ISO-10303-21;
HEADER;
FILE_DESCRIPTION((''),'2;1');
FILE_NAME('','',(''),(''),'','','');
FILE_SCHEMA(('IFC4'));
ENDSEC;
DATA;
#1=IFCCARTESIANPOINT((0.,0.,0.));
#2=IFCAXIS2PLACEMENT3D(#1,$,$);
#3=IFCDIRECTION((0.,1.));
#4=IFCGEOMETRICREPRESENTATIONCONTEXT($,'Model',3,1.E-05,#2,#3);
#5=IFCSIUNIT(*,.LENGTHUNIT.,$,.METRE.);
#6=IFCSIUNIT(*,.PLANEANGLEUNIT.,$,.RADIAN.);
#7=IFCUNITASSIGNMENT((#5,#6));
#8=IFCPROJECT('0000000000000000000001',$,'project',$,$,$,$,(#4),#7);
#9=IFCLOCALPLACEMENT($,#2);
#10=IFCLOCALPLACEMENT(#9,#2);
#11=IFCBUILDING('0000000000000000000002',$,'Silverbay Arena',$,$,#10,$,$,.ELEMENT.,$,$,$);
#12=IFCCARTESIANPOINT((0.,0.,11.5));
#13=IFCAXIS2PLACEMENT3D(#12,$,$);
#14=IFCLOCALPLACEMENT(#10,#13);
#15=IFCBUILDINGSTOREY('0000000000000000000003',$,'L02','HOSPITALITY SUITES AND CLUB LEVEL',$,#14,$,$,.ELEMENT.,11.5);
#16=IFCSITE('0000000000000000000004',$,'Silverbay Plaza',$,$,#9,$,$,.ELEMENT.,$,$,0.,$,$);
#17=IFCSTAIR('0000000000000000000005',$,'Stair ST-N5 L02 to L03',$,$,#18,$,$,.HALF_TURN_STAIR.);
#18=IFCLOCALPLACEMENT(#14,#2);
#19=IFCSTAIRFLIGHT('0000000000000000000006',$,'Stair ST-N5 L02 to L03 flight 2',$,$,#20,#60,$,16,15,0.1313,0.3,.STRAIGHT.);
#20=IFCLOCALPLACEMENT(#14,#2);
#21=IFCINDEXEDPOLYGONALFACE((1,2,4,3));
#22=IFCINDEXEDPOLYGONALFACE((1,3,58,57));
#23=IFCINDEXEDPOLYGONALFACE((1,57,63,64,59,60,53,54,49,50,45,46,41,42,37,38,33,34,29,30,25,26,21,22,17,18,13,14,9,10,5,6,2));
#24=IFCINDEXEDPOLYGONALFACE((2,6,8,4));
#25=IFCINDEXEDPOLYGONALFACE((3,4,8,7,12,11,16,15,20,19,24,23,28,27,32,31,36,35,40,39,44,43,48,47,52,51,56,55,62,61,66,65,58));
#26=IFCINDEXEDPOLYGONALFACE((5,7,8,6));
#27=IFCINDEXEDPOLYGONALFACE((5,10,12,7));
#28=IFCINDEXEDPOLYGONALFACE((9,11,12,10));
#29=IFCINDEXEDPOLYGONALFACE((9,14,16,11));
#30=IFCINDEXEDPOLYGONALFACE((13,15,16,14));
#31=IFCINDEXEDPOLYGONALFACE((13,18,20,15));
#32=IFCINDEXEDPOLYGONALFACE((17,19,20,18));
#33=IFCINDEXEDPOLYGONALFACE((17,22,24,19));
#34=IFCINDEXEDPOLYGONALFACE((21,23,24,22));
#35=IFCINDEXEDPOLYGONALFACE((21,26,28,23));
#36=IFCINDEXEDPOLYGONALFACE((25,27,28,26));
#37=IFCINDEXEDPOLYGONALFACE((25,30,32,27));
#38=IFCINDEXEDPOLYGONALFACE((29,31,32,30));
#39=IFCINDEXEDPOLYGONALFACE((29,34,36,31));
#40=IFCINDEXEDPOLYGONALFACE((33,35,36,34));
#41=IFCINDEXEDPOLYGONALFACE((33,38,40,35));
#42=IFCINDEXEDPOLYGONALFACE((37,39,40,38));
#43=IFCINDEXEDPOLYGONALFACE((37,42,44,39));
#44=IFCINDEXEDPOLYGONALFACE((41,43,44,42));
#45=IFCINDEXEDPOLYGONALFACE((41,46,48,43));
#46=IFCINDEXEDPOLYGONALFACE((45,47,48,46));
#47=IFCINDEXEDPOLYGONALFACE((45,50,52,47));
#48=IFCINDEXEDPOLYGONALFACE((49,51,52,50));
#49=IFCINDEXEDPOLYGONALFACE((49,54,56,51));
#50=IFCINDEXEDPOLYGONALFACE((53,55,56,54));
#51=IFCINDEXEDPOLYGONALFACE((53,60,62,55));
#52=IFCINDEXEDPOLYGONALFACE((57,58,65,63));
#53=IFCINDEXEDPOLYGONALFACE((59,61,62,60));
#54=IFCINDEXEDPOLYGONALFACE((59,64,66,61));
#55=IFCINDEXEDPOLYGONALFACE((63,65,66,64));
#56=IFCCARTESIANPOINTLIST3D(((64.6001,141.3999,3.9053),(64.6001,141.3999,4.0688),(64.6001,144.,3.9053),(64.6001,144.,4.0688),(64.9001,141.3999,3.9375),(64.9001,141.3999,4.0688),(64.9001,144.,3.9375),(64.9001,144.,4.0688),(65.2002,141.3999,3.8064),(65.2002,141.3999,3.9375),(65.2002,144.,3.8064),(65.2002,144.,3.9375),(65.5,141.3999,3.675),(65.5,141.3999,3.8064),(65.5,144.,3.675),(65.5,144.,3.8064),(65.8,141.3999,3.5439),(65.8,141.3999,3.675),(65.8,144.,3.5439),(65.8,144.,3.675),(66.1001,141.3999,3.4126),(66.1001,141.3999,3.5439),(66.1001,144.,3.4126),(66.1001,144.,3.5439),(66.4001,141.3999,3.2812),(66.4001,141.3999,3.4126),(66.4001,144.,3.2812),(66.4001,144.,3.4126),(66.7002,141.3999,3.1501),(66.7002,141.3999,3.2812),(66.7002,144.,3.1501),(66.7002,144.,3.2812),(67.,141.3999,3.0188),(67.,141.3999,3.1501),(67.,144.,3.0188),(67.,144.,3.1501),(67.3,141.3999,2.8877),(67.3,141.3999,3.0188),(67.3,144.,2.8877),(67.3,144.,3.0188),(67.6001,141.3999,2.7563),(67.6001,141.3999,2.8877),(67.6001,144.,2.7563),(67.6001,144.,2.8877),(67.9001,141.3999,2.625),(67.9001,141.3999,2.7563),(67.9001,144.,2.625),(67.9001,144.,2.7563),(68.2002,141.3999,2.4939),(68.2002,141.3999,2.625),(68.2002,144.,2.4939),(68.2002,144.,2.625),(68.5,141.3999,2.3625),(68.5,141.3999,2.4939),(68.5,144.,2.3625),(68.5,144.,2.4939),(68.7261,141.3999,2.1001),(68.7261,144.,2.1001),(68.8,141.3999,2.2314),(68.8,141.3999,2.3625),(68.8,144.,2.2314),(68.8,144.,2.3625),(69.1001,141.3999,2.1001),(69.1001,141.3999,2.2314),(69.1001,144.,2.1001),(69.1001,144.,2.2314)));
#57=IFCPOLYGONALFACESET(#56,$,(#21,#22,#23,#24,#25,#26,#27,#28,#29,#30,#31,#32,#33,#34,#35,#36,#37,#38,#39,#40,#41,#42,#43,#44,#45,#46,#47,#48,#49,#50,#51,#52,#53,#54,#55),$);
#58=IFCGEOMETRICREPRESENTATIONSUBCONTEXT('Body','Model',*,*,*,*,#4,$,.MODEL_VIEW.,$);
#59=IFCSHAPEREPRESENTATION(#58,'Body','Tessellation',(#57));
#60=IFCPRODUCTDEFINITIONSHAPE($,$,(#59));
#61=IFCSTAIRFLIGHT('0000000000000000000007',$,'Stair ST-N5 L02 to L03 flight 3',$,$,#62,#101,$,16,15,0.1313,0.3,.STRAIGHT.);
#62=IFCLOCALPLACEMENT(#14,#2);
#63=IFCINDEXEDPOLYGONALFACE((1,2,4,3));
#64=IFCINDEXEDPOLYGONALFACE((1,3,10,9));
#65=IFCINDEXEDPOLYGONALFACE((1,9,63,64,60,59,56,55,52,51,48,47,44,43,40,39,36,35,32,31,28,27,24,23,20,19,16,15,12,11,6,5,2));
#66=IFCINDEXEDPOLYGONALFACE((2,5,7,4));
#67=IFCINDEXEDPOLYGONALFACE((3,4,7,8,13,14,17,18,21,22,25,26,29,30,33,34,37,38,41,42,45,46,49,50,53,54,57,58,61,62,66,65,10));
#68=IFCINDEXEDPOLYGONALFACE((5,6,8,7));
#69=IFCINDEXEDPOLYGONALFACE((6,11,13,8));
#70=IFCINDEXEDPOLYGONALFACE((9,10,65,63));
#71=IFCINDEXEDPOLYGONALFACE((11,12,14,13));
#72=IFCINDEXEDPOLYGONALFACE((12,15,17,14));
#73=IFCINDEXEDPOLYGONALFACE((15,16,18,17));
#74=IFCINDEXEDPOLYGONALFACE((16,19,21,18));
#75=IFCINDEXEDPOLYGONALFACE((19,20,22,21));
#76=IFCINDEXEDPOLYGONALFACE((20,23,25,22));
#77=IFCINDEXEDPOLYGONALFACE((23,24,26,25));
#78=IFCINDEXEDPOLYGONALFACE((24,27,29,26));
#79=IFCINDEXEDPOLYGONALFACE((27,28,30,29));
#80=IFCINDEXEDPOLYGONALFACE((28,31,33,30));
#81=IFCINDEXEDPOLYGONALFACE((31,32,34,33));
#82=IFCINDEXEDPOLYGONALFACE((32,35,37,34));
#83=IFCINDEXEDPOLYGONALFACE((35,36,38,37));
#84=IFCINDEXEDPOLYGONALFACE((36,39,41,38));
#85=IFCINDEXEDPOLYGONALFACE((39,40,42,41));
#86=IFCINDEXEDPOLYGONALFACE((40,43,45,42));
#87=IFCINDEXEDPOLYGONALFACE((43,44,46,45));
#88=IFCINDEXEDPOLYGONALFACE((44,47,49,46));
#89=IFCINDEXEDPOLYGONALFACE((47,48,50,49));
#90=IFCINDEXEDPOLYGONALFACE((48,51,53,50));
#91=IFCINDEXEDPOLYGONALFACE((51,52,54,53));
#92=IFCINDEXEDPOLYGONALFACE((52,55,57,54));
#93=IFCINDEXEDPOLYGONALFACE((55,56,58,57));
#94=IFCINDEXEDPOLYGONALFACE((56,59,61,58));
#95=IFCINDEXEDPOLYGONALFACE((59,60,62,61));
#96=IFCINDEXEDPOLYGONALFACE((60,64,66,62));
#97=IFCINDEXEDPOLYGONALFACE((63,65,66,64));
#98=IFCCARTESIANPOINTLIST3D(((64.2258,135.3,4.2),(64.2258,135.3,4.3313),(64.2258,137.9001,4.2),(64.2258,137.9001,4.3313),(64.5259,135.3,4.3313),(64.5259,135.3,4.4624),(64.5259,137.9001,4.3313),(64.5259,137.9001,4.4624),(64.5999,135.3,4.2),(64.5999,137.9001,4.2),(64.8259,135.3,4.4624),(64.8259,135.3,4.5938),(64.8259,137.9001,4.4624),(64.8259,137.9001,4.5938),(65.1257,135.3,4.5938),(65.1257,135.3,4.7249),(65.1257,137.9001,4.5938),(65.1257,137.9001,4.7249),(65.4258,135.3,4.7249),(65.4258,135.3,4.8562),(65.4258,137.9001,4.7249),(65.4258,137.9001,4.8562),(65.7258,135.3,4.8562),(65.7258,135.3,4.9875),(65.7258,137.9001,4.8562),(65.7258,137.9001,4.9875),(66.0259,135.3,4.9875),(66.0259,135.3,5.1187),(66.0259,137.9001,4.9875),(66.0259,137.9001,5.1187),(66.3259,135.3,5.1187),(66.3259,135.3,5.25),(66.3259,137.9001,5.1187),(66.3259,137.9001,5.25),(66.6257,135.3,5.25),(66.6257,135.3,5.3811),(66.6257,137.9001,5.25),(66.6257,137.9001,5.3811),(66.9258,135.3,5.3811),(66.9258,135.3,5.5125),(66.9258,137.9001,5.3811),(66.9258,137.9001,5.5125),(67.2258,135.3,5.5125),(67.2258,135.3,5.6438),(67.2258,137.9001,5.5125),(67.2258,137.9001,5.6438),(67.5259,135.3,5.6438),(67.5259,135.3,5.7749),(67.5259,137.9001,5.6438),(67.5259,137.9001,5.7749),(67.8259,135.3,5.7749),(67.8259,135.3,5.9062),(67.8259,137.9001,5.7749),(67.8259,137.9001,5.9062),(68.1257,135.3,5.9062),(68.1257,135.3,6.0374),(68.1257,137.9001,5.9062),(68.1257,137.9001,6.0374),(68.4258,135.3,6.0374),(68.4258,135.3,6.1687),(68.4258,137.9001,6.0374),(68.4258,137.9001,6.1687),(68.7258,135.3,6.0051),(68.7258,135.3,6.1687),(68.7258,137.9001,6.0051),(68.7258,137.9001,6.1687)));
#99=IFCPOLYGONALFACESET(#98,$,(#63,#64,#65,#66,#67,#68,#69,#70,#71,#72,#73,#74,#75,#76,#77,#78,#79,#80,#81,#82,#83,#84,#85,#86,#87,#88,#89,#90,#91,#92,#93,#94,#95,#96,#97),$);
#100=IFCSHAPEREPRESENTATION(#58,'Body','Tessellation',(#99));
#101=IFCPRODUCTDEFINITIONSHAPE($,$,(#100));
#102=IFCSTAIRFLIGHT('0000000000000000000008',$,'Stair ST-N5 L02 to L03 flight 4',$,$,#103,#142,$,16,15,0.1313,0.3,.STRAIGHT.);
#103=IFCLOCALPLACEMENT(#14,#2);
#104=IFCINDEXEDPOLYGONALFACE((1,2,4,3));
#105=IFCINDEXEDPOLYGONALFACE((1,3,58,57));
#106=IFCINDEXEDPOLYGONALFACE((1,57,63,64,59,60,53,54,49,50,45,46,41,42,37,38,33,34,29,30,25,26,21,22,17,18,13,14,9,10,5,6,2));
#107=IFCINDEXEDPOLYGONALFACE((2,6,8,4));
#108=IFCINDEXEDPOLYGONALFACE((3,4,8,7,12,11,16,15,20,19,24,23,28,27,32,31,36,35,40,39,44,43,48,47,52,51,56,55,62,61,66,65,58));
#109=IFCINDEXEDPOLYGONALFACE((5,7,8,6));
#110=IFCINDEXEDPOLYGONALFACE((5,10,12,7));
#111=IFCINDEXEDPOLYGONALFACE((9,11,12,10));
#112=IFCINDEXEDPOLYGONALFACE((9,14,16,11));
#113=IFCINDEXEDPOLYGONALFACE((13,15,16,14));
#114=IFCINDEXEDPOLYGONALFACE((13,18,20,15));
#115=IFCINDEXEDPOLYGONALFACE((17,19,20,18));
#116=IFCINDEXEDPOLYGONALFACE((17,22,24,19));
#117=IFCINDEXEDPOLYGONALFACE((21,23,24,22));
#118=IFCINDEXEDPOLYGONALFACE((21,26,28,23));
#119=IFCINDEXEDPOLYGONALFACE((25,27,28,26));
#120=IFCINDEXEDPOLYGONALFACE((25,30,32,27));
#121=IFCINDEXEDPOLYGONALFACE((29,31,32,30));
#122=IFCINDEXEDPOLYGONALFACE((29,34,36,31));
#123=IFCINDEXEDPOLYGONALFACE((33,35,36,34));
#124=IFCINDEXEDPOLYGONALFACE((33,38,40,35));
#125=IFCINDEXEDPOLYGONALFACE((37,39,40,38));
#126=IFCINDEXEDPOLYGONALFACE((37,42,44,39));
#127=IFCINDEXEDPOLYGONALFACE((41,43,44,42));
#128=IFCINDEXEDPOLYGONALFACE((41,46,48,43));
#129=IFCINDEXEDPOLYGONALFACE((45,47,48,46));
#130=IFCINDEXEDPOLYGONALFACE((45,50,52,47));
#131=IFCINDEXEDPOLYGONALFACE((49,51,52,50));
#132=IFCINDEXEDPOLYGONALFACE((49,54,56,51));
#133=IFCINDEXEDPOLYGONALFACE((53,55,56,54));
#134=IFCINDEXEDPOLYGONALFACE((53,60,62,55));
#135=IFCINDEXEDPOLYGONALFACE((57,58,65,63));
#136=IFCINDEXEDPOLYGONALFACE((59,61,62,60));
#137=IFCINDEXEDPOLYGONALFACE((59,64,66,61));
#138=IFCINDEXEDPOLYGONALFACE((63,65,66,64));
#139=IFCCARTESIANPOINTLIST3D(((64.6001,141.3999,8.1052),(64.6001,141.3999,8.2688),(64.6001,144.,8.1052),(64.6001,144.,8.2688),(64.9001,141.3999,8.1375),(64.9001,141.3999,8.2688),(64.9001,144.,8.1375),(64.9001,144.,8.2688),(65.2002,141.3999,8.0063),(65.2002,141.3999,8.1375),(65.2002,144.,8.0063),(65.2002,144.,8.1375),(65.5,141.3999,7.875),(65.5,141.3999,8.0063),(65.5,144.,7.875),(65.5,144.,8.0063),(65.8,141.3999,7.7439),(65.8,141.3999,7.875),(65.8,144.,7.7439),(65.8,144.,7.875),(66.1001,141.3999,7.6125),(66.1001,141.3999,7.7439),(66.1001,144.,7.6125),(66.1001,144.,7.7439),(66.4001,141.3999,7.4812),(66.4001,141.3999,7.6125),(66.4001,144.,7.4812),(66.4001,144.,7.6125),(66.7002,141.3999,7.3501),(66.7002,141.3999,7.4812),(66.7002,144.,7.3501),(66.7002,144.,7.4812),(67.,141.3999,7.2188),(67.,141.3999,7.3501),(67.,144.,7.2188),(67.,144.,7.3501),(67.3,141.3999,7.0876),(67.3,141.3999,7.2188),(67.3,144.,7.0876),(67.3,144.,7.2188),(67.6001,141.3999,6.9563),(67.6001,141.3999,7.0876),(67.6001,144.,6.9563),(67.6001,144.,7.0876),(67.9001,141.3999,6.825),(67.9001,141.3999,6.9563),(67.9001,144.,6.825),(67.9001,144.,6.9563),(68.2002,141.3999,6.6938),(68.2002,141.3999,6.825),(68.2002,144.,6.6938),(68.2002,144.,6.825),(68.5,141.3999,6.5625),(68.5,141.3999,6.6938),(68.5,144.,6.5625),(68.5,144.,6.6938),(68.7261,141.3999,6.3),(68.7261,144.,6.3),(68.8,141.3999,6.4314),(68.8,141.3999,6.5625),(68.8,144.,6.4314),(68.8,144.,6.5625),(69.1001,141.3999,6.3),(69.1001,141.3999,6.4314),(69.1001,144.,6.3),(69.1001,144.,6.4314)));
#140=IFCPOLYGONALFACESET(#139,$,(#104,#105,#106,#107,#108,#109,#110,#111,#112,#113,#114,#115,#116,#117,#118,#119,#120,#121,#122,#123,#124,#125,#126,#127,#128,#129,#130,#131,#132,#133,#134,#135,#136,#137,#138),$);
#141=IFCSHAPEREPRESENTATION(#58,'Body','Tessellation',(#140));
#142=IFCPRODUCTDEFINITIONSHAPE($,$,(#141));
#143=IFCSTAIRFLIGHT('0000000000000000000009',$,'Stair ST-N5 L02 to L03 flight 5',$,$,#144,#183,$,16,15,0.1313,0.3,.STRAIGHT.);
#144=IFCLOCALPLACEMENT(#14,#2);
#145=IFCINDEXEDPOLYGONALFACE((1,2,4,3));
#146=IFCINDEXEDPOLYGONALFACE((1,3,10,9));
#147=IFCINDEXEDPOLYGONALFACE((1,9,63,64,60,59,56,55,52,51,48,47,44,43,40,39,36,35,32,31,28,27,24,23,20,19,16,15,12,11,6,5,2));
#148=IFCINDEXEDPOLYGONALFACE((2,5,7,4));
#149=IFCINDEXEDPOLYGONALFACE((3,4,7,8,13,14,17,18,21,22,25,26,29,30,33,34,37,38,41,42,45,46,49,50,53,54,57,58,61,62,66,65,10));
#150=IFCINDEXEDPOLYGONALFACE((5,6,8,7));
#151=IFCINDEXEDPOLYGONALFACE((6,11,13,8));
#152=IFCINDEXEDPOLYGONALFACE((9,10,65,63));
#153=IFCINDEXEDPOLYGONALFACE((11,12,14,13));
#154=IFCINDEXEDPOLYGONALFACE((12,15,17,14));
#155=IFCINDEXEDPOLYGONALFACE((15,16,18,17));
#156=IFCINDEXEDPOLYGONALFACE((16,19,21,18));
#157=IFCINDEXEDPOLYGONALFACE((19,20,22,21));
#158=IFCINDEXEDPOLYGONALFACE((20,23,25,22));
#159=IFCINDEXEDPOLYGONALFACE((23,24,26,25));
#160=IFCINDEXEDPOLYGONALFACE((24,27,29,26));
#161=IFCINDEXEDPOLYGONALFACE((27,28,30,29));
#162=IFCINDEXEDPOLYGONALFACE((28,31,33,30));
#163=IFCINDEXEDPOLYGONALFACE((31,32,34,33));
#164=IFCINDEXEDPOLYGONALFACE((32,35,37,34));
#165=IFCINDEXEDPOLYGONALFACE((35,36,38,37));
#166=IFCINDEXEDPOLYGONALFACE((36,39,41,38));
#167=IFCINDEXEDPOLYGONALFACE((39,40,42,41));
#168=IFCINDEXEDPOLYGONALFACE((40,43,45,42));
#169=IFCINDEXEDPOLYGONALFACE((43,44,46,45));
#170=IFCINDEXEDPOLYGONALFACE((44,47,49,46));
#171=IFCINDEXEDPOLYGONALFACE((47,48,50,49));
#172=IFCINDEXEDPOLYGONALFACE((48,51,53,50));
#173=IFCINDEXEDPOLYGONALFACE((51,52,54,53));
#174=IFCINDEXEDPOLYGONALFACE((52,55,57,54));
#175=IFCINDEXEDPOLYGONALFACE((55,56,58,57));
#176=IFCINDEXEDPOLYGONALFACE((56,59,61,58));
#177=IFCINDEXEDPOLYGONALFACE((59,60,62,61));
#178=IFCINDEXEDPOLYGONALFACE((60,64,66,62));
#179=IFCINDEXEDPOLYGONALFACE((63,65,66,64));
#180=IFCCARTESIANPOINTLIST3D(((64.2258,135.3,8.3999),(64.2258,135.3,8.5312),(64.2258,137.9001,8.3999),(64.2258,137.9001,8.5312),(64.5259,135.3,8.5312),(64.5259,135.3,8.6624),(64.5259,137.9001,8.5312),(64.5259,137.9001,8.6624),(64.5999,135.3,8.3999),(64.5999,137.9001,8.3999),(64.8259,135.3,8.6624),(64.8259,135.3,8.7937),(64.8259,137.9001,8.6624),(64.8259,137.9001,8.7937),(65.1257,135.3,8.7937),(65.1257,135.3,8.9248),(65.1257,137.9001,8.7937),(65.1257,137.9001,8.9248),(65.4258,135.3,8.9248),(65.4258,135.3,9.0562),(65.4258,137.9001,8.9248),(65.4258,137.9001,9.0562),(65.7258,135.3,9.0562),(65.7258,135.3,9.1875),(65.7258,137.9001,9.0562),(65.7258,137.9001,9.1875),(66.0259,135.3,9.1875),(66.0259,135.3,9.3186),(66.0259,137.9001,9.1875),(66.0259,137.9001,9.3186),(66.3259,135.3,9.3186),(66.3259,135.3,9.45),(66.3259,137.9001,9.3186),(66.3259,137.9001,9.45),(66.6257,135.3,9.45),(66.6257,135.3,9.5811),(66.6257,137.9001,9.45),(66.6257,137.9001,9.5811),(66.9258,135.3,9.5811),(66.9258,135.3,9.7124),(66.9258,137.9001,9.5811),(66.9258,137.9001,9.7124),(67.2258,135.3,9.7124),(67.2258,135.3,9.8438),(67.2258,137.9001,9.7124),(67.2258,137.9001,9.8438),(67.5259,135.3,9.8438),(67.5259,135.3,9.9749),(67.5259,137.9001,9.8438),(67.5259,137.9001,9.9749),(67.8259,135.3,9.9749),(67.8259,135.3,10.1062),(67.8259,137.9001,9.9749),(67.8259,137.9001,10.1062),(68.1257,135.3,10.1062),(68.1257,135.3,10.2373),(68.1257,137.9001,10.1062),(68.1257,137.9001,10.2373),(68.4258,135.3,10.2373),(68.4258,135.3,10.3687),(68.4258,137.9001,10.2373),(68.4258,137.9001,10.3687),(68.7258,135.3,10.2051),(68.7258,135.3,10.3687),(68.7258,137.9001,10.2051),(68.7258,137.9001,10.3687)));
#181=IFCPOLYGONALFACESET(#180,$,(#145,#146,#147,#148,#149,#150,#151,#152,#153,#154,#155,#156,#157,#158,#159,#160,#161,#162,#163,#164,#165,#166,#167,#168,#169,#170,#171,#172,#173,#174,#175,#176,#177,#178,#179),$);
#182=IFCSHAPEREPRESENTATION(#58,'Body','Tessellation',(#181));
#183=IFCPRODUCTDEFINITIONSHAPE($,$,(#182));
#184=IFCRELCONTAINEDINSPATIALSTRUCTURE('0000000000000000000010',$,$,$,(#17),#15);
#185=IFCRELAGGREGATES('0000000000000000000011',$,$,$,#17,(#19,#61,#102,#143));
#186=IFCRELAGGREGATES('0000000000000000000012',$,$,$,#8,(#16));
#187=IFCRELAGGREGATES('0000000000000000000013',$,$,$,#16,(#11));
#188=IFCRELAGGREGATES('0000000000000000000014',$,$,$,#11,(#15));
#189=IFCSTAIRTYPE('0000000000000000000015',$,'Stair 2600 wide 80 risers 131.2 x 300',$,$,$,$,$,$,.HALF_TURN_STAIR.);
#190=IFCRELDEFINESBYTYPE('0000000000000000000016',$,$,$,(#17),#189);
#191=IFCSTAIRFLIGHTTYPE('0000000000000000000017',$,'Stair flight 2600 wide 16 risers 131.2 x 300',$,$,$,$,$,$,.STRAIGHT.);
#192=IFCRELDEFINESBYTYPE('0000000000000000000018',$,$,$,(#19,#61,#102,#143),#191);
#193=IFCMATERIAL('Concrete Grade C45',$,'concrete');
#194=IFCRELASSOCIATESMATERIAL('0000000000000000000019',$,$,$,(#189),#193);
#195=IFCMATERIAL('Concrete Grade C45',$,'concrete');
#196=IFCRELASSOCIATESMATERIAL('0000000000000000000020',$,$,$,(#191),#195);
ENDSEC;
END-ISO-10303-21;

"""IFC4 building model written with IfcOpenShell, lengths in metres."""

from ifc_helpers import new_model, si_unit, direction, frame, origin, place, context, subcontext, project, spatial, polyline, outline, extrude, material, type_object, element, aggregate, save


model = new_model("IFC4")

# Units and contexts
model_context = context("Model", 3, precision=1e-05, world=origin(), true_north=direction((0.0, 1.0)))
body_context = subcontext(model_context, "Body", "Model", "MODEL_VIEW")
ifc_project = project(units=[si_unit("LENGTHUNIT", "METRE"), si_unit("PLANEANGLEUNIT", "RADIAN")], contexts=[model_context])

# Site, building, storey
site_placement = place(None, origin())
site = spatial("IfcSite", under=ifc_project, at=site_placement, Name="Silverbay Plaza", CompositionType="ELEMENT", RefElevation=0.0)
building_placement = place(site_placement, origin())
building = spatial("IfcBuilding", under=site, at=building_placement, Name="Silverbay Arena", CompositionType="ELEMENT")
storey_placement = place(building_placement, frame((0.0, 0.0, 11.5)))
storey = spatial("IfcBuildingStorey", under=building, at=storey_placement, Name="L02", Description="HOSPITALITY SUITES AND CLUB LEVEL", CompositionType="ELEMENT", Elevation=11.5)

# Stair, stair flights
ifc_material_1 = material(Name="Concrete Grade C45", Category="concrete")
stair_type = type_object("IfcStairType", Name="Stair 2600 wide 80 risers 131.2 x 300", PredefinedType="HALF_TURN_STAIR", material=ifc_material_1)
stair_placement = place(storey_placement, origin())
stair = element("IfcStair", 1, at=stair_placement, inside=storey, type_object=stair_type, Name="Stair ST-N5 L02 to L03", PredefinedType="HALF_TURN_STAIR")
ifc_material_2 = material(Name="Concrete Grade C45", Category="concrete")
stair_flight_type = type_object("IfcStairFlightType", Name="Stair flight 2600 wide 16 risers 131.2 x 300", PredefinedType="STRAIGHT", material=ifc_material_2)
stair_flight_1_placement = place(storey_placement, frame((69.1001, 142.7, 2.1001), z_axis=(0.0, 0.0, 1.0), x_axis=(-1.0, 0.0, 0.0)))
stair_flight_1 = element("IfcStairFlight", 2, at=stair_flight_1_placement, type_object=stair_flight_type, Name="Stair ST-N5 L02 to L03 flight 2", NumberOfRisers=16, NumberOfTreads=15, PredefinedType="STRAIGHT", RiserHeight=0.1313, TreadLength=0.3, context=body_context, shape_type="SweptSolid", body=[
    extrude(outline(polyline([(0.0, 0.0), (0.0, 0.1313), (0.3, 0.1313), (0.3, 0.2625), (0.6001, 0.2625), (0.6001, 0.3938), (0.8999, 0.3938), (0.8999, 0.5249), (1.2, 0.5249), (1.2, 0.6562), (1.5, 0.6562), (1.5, 0.7876), (1.8, 0.7876), (1.8, 0.9187), (2.1001, 0.9187), (2.1001, 1.05), (2.3999, 1.05), (2.3999, 1.1812), (2.7, 1.1812), (2.7, 1.3125), (3.0, 1.3125), (3.0, 1.4438), (3.3, 1.4438), (3.3, 1.575), (3.6001, 1.575), (3.6001, 1.7063), (3.8999, 1.7063), (3.8999, 1.8374), (4.2, 1.8374), (4.2, 1.9688), (4.5, 1.9688), (4.5, 1.8052), (0.374, 0.0), (0.0, 0.0)])), frame((0.0, 1.3, 0.0), z_axis=(0.0, -1.0, 0.0), x_axis=(1.0, 0.0, 0.0)), (0.0, 0.0, 1.0), 2.6001),
])
stair_flight_2_placement = place(storey_placement, frame((64.2258, 136.6001, 4.2), z_axis=(0.0, 0.0, 1.0), x_axis=(1.0, 0.0, 0.0)))
stair_flight_2 = element("IfcStairFlight", 3, at=stair_flight_2_placement, type_object=stair_flight_type, Name="Stair ST-N5 L02 to L03 flight 3", NumberOfRisers=16, NumberOfTreads=15, PredefinedType="STRAIGHT", RiserHeight=0.1313, TreadLength=0.3, context=body_context, shape_type="SweptSolid", body=[
    extrude(outline(polyline([(0.0, 0.0), (0.0, 0.1313), (0.3, 0.1313), (0.3, 0.2625), (0.6001, 0.2625), (0.6001, 0.3938), (0.8999, 0.3938), (0.8999, 0.5249), (1.2, 0.5249), (1.2, 0.6562), (1.5, 0.6562), (1.5, 0.7876), (1.8, 0.7876), (1.8, 0.9187), (2.1001, 0.9187), (2.1001, 1.05), (2.3999, 1.05), (2.3999, 1.1812), (2.7, 1.1812), (2.7, 1.3125), (3.0, 1.3125), (3.0, 1.4438), (3.3, 1.4438), (3.3, 1.575), (3.6001, 1.575), (3.6001, 1.7063), (3.8999, 1.7063), (3.8999, 1.8374), (4.2, 1.8374), (4.2, 1.9688), (4.5, 1.9688), (4.5, 1.8052), (0.374, 0.0), (0.0, 0.0)])), frame((0.0, 1.3, 0.0), z_axis=(0.0, -1.0, 0.0), x_axis=(1.0, 0.0, 0.0)), (0.0, 0.0, 1.0), 2.6001),
])
stair_flight_3_placement = place(storey_placement, frame((69.1001, 142.7, 6.3), z_axis=(0.0, 0.0, 1.0), x_axis=(-1.0, 0.0, 0.0)))
stair_flight_3 = element("IfcStairFlight", 4, at=stair_flight_3_placement, type_object=stair_flight_type, Name="Stair ST-N5 L02 to L03 flight 4", NumberOfRisers=16, NumberOfTreads=15, PredefinedType="STRAIGHT", RiserHeight=0.1313, TreadLength=0.3, context=body_context, shape_type="SweptSolid", body=[
    extrude(outline(polyline([(0.0, 0.0), (0.0, 0.1313), (0.3, 0.1313), (0.3, 0.2625), (0.6001, 0.2625), (0.6001, 0.3938), (0.8999, 0.3938), (0.8999, 0.5249), (1.2, 0.5249), (1.2, 0.6562), (1.5, 0.6562), (1.5, 0.7876), (1.8, 0.7876), (1.8, 0.9187), (2.1001, 0.9187), (2.1001, 1.05), (2.3999, 1.05), (2.3999, 1.1812), (2.7, 1.1812), (2.7, 1.3125), (3.0, 1.3125), (3.0, 1.4438), (3.3, 1.4438), (3.3, 1.575), (3.6001, 1.575), (3.6001, 1.7063), (3.8999, 1.7063), (3.8999, 1.8374), (4.2, 1.8374), (4.2, 1.9688), (4.5, 1.9688), (4.5, 1.8052), (0.374, 0.0), (0.0, 0.0)])), frame((0.0, 1.3, 0.0), z_axis=(0.0, -1.0, 0.0), x_axis=(1.0, 0.0, 0.0)), (0.0, 0.0, 1.0), 2.6001),
])
stair_flight_4_placement = place(storey_placement, frame((64.2258, 136.6001, 8.3999), z_axis=(0.0, 0.0, 1.0), x_axis=(1.0, 0.0, 0.0)))
stair_flight_4 = element("IfcStairFlight", 5, at=stair_flight_4_placement, type_object=stair_flight_type, Name="Stair ST-N5 L02 to L03 flight 5", NumberOfRisers=16, NumberOfTreads=15, PredefinedType="STRAIGHT", RiserHeight=0.1313, TreadLength=0.3, context=body_context, shape_type="SweptSolid", body=[
    extrude(outline(polyline([(0.0, 0.0), (0.0, 0.1313), (0.3, 0.1313), (0.3, 0.2625), (0.6001, 0.2625), (0.6001, 0.3938), (0.8999, 0.3938), (0.8999, 0.5249), (1.2, 0.5249), (1.2, 0.6562), (1.5, 0.6562), (1.5, 0.7876), (1.8, 0.7876), (1.8, 0.9187), (2.1001, 0.9187), (2.1001, 1.05), (2.3999, 1.05), (2.3999, 1.1812), (2.7, 1.1812), (2.7, 1.3125), (3.0, 1.3125), (3.0, 1.4438), (3.3, 1.4438), (3.3, 1.575), (3.6001, 1.575), (3.6001, 1.7063), (3.8999, 1.7063), (3.8999, 1.8374), (4.2, 1.8374), (4.2, 1.9688), (4.5, 1.9688), (4.5, 1.8052), (0.374, 0.0), (0.0, 0.0)])), frame((0.0, 1.3, 0.0), z_axis=(0.0, -1.0, 0.0), x_axis=(1.0, 0.0, 0.0)), (0.0, 0.0, 1.0), 2.6001),
])
aggregate(stair, [stair_flight_1, stair_flight_2, stair_flight_3, stair_flight_4])

save(model, "model.ifc")
